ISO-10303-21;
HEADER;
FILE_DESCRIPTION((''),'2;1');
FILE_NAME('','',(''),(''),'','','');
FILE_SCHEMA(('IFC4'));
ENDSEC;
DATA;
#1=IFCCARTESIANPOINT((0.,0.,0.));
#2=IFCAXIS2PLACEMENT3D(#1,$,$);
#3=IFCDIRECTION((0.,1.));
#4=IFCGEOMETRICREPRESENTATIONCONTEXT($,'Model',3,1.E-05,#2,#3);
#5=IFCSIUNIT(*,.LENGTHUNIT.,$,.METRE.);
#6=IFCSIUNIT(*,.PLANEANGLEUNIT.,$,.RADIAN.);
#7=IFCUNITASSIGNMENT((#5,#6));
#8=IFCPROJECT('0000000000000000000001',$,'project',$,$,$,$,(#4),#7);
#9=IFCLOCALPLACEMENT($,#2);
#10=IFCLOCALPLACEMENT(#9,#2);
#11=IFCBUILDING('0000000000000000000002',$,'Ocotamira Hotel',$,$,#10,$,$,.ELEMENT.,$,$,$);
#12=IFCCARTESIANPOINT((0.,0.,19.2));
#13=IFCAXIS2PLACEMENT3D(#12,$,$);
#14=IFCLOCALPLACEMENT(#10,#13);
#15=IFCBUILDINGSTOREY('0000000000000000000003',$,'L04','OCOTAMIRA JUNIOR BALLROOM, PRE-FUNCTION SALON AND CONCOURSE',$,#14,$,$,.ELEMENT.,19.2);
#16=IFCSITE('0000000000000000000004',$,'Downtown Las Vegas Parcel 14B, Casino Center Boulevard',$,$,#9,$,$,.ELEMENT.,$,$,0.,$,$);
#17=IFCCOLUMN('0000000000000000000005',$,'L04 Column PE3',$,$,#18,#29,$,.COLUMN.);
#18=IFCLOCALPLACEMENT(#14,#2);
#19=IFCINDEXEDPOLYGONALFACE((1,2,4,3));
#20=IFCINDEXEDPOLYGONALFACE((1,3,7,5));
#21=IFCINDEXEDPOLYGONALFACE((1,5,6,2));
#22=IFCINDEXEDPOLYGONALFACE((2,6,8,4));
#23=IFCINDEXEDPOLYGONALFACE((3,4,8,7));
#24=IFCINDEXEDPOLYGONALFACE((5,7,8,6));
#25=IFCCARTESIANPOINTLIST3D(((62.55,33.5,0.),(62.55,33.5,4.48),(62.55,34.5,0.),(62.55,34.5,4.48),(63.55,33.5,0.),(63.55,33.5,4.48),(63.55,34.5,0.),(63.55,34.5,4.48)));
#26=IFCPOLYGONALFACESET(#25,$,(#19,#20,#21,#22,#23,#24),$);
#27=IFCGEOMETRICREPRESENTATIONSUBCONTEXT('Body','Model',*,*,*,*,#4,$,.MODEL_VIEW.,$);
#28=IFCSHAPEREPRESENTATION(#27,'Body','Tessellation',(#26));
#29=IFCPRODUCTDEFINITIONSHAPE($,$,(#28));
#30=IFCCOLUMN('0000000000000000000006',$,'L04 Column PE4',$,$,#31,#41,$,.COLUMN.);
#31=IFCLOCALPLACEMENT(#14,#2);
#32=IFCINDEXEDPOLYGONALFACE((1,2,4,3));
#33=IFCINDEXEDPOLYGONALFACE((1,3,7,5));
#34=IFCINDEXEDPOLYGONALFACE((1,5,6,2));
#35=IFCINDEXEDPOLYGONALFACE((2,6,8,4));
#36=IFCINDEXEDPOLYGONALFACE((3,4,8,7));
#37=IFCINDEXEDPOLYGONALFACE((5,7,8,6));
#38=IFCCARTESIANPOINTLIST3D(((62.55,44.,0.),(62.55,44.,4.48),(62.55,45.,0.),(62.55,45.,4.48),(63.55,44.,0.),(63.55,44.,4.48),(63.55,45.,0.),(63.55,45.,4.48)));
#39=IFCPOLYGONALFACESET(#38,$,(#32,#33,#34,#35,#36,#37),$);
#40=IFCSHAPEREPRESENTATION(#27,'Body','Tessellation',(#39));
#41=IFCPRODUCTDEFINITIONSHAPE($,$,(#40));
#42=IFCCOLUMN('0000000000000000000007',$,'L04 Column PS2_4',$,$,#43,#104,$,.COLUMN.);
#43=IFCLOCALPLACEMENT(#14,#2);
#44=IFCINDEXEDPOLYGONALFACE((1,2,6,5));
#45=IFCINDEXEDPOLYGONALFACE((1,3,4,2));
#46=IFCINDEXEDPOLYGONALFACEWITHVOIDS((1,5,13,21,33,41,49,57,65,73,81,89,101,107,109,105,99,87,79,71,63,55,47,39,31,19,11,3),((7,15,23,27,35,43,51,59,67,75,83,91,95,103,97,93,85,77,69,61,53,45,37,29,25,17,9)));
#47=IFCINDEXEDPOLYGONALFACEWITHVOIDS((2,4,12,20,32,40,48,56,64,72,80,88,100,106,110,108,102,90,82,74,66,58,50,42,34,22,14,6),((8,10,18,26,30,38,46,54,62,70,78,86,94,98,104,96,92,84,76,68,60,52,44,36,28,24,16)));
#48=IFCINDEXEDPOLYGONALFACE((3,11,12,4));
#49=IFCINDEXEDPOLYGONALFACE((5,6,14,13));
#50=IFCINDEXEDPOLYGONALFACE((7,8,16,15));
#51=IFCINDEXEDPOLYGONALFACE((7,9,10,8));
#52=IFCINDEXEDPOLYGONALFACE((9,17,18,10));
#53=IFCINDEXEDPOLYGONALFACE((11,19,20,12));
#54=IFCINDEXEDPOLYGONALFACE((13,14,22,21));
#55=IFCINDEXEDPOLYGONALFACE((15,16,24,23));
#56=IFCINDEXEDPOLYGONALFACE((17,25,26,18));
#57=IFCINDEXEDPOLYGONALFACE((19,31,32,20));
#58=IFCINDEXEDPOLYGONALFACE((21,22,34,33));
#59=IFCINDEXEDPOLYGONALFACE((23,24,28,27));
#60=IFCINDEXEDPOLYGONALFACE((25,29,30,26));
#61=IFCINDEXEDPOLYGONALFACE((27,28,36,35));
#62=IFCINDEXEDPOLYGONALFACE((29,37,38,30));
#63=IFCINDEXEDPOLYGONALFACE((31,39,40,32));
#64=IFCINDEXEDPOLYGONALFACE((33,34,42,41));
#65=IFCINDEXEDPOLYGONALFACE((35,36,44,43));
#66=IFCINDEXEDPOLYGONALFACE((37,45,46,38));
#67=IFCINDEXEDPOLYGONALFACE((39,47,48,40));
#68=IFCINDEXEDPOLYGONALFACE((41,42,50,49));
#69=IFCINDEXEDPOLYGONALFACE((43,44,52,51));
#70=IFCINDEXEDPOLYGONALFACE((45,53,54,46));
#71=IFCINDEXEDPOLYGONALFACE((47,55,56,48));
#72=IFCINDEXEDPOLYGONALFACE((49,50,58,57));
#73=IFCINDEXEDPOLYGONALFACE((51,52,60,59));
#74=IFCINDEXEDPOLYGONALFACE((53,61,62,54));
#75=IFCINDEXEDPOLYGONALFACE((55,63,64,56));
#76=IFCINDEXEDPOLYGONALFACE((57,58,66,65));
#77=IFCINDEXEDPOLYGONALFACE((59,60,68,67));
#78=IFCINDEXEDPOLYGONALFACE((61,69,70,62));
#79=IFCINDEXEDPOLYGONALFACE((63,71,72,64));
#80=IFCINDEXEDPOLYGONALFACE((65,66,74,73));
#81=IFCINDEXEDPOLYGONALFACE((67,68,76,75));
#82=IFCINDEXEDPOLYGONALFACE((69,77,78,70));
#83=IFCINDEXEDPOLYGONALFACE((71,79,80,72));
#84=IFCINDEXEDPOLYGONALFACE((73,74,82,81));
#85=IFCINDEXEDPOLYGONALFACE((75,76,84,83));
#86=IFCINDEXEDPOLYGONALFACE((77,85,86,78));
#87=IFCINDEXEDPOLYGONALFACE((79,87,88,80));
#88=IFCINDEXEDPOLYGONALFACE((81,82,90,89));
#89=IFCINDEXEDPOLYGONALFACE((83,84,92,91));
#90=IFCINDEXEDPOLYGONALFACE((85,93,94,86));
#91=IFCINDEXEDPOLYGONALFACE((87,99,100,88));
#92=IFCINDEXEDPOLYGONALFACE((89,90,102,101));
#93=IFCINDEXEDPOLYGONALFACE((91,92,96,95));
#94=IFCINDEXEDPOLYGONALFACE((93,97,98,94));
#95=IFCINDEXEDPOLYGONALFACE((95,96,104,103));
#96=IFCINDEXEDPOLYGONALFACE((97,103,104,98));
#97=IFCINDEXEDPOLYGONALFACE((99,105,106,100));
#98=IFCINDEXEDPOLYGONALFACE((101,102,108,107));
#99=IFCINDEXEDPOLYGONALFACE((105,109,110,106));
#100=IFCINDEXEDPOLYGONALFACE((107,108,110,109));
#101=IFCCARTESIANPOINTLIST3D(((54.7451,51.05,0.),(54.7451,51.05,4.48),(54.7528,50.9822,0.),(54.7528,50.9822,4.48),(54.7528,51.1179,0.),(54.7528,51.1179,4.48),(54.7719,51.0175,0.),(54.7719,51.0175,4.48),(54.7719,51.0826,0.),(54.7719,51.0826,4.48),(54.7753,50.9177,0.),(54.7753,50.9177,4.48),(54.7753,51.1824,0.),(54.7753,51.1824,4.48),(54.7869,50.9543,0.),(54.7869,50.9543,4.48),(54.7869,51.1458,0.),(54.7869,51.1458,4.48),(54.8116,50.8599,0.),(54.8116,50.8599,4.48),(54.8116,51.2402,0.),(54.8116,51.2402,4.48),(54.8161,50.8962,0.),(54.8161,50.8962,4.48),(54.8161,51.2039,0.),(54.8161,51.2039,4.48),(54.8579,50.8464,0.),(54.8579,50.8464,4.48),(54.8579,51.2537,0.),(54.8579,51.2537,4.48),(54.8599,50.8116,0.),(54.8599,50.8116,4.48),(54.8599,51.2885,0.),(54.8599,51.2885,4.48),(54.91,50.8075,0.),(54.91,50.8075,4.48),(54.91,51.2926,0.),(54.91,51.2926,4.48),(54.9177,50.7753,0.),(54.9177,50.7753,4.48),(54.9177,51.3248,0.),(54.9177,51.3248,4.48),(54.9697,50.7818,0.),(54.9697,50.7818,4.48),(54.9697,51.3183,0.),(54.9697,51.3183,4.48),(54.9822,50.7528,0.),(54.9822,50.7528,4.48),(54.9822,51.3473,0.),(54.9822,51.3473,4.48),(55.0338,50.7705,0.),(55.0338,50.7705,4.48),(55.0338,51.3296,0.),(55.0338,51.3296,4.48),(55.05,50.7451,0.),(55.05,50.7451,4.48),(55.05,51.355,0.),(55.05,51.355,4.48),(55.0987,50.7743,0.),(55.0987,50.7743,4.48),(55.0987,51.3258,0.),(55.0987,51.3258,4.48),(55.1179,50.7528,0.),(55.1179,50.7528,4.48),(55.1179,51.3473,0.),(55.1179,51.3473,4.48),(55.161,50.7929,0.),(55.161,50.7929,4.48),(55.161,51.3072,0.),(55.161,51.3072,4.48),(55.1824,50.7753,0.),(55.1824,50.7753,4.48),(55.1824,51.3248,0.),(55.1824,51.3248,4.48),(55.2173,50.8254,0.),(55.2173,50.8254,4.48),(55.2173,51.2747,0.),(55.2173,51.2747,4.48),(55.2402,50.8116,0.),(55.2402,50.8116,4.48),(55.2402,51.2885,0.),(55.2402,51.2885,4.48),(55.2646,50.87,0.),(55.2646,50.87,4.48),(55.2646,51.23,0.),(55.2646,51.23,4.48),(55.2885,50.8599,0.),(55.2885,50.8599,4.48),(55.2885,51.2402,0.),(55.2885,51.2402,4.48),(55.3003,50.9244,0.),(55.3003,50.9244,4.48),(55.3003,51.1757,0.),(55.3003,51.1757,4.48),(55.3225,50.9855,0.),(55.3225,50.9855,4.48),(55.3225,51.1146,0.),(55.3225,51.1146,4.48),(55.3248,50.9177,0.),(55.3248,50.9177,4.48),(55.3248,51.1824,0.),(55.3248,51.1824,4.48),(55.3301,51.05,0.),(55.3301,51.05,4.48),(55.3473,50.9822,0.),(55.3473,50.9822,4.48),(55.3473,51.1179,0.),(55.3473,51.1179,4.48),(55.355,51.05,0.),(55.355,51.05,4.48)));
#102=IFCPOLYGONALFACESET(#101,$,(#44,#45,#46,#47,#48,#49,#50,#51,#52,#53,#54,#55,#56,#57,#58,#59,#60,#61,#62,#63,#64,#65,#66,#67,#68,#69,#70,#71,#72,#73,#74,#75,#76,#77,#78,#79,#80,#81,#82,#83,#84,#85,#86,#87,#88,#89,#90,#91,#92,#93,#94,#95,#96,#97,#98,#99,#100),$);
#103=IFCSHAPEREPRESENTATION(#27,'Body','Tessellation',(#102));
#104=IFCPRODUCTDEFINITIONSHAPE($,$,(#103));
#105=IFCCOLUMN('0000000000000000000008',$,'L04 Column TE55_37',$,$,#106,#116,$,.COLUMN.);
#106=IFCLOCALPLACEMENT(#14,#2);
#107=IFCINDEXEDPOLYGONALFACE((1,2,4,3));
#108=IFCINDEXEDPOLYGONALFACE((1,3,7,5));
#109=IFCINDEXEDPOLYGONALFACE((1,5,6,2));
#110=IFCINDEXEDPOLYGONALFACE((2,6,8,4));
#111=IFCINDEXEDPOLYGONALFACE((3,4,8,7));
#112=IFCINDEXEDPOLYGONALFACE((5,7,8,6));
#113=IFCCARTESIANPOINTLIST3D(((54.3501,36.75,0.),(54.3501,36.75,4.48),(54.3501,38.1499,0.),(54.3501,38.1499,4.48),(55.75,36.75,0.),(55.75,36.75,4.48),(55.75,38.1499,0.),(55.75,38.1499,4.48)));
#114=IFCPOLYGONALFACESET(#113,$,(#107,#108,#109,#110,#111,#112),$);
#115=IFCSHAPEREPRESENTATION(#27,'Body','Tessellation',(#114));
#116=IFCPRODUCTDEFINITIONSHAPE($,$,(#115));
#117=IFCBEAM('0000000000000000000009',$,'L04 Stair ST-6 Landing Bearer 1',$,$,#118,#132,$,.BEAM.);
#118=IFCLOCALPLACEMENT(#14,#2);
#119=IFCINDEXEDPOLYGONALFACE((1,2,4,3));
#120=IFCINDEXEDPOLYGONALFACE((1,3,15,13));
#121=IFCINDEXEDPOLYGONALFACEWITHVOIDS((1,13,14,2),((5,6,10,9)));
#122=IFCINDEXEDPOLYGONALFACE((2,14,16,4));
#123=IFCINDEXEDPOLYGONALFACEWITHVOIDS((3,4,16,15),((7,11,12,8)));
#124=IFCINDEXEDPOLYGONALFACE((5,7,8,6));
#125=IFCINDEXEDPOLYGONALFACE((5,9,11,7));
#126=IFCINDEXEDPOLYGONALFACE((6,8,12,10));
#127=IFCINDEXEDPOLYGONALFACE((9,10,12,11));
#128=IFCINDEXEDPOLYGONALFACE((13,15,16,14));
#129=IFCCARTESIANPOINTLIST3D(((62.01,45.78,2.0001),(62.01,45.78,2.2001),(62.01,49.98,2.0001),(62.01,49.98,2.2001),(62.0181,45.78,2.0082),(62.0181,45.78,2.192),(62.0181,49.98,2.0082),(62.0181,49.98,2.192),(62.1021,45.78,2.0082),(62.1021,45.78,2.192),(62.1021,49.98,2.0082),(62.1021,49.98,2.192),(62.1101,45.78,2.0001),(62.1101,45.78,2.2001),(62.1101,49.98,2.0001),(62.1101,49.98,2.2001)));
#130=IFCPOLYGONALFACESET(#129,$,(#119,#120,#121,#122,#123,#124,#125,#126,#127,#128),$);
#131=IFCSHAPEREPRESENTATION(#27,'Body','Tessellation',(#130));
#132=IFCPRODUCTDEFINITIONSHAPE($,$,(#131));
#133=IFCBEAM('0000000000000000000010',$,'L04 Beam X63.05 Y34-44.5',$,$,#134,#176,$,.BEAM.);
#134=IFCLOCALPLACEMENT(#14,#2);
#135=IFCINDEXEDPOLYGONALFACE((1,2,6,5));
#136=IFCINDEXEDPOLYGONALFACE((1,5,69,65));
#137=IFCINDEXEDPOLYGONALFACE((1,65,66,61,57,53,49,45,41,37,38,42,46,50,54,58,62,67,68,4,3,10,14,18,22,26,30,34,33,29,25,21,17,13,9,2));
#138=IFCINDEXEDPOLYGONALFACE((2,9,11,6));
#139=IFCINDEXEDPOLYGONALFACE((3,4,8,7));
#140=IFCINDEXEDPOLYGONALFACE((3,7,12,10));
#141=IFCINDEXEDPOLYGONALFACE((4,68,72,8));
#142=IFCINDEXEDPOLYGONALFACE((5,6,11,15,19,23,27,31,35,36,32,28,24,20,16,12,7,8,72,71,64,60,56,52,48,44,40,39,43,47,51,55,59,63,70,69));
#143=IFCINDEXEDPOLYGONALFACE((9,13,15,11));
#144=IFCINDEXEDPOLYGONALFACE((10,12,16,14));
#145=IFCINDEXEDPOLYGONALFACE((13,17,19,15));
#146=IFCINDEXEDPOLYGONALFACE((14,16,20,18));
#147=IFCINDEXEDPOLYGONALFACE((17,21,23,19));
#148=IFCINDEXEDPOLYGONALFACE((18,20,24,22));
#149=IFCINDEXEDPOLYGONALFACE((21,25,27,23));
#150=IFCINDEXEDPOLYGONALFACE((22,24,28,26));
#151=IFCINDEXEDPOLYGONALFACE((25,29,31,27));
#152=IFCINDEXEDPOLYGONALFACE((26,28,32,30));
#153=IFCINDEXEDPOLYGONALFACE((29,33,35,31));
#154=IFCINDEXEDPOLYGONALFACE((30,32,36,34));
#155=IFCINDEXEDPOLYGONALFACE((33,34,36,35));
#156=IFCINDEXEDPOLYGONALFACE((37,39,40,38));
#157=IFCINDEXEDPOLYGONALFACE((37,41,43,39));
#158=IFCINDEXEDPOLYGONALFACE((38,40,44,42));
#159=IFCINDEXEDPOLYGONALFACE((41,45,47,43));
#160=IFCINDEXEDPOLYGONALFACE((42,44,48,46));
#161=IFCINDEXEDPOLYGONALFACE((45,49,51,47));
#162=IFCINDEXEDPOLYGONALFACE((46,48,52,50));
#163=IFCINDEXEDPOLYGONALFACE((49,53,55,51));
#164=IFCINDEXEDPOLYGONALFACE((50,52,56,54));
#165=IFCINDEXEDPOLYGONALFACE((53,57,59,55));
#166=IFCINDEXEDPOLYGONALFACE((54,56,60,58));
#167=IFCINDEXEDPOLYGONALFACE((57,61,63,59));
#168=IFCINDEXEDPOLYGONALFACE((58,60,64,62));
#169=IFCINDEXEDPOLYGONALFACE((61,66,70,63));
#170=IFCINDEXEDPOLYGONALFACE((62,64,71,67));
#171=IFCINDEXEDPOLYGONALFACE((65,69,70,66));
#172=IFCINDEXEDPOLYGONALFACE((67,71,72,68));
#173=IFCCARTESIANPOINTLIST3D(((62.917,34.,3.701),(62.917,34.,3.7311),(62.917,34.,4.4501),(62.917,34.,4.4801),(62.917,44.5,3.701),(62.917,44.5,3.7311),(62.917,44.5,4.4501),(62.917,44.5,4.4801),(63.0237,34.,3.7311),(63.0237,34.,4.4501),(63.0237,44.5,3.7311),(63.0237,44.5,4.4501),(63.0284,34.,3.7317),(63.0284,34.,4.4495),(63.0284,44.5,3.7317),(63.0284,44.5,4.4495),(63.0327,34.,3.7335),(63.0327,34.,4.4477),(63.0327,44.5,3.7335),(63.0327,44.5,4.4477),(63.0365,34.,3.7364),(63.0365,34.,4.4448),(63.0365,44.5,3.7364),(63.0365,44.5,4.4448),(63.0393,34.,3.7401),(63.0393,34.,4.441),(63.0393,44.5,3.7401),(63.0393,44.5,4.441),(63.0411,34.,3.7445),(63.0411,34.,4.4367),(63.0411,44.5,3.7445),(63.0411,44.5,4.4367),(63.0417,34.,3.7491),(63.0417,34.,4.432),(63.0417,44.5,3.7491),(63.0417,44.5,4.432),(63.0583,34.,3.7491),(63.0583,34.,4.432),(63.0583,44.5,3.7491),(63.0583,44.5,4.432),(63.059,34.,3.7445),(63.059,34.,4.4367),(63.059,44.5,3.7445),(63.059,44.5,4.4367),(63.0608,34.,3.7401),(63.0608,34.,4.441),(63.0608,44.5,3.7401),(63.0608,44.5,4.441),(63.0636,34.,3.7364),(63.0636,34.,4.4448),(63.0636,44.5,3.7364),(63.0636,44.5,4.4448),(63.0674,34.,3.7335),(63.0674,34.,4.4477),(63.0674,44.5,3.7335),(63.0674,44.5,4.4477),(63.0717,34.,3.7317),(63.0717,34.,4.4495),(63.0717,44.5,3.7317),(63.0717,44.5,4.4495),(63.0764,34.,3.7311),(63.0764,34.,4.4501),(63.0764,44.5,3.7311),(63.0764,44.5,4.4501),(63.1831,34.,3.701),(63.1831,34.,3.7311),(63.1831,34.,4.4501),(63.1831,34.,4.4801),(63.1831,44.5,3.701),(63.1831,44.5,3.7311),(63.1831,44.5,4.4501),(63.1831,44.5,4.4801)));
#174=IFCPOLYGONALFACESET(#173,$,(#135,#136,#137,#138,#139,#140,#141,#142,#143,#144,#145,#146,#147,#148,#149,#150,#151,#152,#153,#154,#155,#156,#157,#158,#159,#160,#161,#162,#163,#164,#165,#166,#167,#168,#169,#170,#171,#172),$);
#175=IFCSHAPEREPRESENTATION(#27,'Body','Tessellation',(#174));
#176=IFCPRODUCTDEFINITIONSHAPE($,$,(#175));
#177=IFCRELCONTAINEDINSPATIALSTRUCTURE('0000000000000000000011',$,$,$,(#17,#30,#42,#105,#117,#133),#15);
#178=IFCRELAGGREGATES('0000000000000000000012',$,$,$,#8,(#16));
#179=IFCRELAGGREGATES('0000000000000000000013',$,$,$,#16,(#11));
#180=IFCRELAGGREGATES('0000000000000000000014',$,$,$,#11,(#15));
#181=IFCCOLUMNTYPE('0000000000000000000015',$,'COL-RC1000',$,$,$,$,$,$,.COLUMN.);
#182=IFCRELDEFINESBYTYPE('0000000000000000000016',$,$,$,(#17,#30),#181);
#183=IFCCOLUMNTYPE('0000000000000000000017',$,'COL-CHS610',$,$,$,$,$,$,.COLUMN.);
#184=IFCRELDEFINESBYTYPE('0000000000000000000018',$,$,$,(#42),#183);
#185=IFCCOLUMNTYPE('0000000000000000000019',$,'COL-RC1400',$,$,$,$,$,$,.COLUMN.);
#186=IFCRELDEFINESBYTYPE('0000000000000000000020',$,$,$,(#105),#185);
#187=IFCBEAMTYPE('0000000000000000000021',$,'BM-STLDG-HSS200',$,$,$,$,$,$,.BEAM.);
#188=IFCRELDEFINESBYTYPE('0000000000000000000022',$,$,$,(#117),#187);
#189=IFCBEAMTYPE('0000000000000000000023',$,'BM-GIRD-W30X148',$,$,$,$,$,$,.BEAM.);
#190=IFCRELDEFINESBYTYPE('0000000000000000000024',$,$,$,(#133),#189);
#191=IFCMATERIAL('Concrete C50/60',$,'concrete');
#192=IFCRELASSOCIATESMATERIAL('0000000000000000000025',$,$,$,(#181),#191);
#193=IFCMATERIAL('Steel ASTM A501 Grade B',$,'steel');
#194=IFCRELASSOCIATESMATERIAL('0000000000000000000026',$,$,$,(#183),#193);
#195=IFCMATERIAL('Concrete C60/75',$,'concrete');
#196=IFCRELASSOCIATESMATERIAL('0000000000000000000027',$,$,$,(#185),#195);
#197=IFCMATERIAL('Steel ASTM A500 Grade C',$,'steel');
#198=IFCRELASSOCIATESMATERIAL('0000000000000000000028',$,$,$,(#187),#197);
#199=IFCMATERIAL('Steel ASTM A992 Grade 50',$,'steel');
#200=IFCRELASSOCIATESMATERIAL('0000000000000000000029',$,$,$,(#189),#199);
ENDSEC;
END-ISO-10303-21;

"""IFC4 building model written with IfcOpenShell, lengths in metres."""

from ifc_helpers import new_model, si_unit, direction, frame, origin, origin_2d, place, context, subcontext, project, spatial, rectangle, hollow_rectangle, hollow_circle, i_section, extrude, source, transform, mapped, material, material_profile, profile_set, type_object, element, save


model = new_model("IFC4")

# Units and contexts
model_context = context("Model", 3, precision=1e-05, world=origin(), true_north=direction((0.0, 1.0)))
body_context = subcontext(model_context, "Body", "Model", "MODEL_VIEW")
ifc_project = project(units=[si_unit("LENGTHUNIT", "METRE"), si_unit("PLANEANGLEUNIT", "RADIAN")], contexts=[model_context])

# Site, building, storey
site_placement = place(None, origin())
site = spatial("IfcSite", under=ifc_project, at=site_placement, Name="Downtown Las Vegas Parcel 14B, Casino Center Boulevard", CompositionType="ELEMENT", RefElevation=0.0)
building_placement = place(site_placement, origin())
building = spatial("IfcBuilding", under=site, at=building_placement, Name="Ocotamira Hotel", CompositionType="ELEMENT")
storey_placement = place(building_placement, frame((0.0, 0.0, 19.2)))
storey = spatial("IfcBuildingStorey", under=building, at=storey_placement, Name="L04", Description="OCOTAMIRA JUNIOR BALLROOM, PRE-FUNCTION SALON AND CONCOURSE", CompositionType="ELEMENT", Elevation=19.2)

# Columns
ifc_material_1 = material(Name="Concrete C50/60", Category="concrete")
ifc_material_profile_1 = material_profile(ifc_material_1, rectangle(XDim=1.0, YDim=1.0, at=origin_2d()), Name="RC1000X1000")
ifc_profile_set_1 = profile_set([ifc_material_profile_1], Name="Concrete C50/60")
column_type_1 = type_object("IfcColumnType", Name="COL-RC1000", PredefinedType="COLUMN", material=ifc_profile_set_1)
shared_shape_1 = source(origin(), body_context, "Body", "SweptSolid", [
    extrude(rectangle(XDim=1.0, YDim=1.0, at=origin_2d()), origin(), (0.0, 0.0, 1.0), 4.48),
])
for number, where, z_axis, x_axis, name in (
    (1, (63.05, 34.0, 0.0), (0.0, 0.0, 1.0), (1.0, 0.0, 0.0), "L04 Column PE3"),
    (2, (63.05, 44.5, 0.0), (0.0, 0.0, 1.0), (1.0, 0.0, 0.0), "L04 Column PE4"),
):
    element("IfcColumn", number, at=place(storey_placement, frame(where, z_axis=z_axis, x_axis=x_axis)), inside=storey, type_object=column_type_1, Name=name, PredefinedType="COLUMN", context=body_context, shape_type="MappedRepresentation", body=[
        mapped(shared_shape_1, transform((0.0, 0.0, 0.0), scale=1.0)),
    ])
ifc_material_2 = material(Name="Steel ASTM A501 Grade B", Category="steel")
ifc_material_profile_2 = material_profile(ifc_material_2, hollow_circle(Radius=0.3049, WallThickness=0.0249, at=origin_2d()), Name="CHS610X25")
ifc_profile_set_2 = profile_set([ifc_material_profile_2], Name="Steel ASTM A501 Grade B")
column_type_2 = type_object("IfcColumnType", Name="COL-CHS610", PredefinedType="COLUMN", material=ifc_profile_set_2)
shared_shape_2 = source(origin(), body_context, "Body", "SweptSolid", [
    extrude(hollow_circle(Radius=0.3049, WallThickness=0.0249, at=origin_2d()), origin(), (0.0, 0.0, 1.0), 4.48),
])
column_1_placement = place(storey_placement, frame((55.05, 51.05, 0.0), z_axis=(0.0, 0.0, 1.0), x_axis=(1.0, 0.0, 0.0)))
element("IfcColumn", 3, at=column_1_placement, inside=storey, type_object=column_type_2, Name="L04 Column PS2_4", PredefinedType="COLUMN", context=body_context, shape_type="MappedRepresentation", body=[
    mapped(shared_shape_2, transform((0.0, 0.0, 0.0), scale=1.0)),
])
ifc_material_3 = material(Name="Concrete C60/75", Category="concrete")
ifc_material_profile_3 = material_profile(ifc_material_3, rectangle(XDim=1.3999, YDim=1.3999, at=origin_2d()), Name="RC1400X1400")
ifc_profile_set_3 = profile_set([ifc_material_profile_3], Name="Concrete C60/75")
column_type_3 = type_object("IfcColumnType", Name="COL-RC1400", PredefinedType="COLUMN", material=ifc_profile_set_3)
shared_shape_3 = source(origin(), body_context, "Body", "SweptSolid", [
    extrude(rectangle(XDim=1.3999, YDim=1.3999, at=origin_2d()), origin(), (0.0, 0.0, 1.0), 4.48),
])
column_2_placement = place(storey_placement, frame((55.05, 37.45, 0.0), z_axis=(0.0, 0.0, 1.0), x_axis=(1.0, 0.0, 0.0)))
element("IfcColumn", 4, at=column_2_placement, inside=storey, type_object=column_type_3, Name="L04 Column TE55_37", PredefinedType="COLUMN", context=body_context, shape_type="MappedRepresentation", body=[
    mapped(shared_shape_3, transform((0.0, 0.0, 0.0), scale=1.0)),
])

# Beams
ifc_material_4 = material(Name="Steel ASTM A500 Grade C", Category="steel")
ifc_material_profile_4 = material_profile(ifc_material_4, hollow_rectangle(XDim=0.1001, YDim=0.2, WallThickness=0.0081, at=origin_2d()), Name="HSS200X100X8")
ifc_profile_set_4 = profile_set([ifc_material_profile_4], Name="Steel ASTM A500 Grade C")
beam_type_1 = type_object("IfcBeamType", Name="BM-STLDG-HSS200", PredefinedType="BEAM", material=ifc_profile_set_4)
shared_shape_4 = source(origin(), body_context, "Body", "SweptSolid", [
    extrude(hollow_rectangle(XDim=0.1001, YDim=0.2, WallThickness=0.0081, at=origin_2d()), origin(), (0.0, 0.0, 1.0), 4.2),
])
beam_1_placement = place(storey_placement, frame((62.0601, 45.78, 2.1001), z_axis=(0.0, 1.0, 0.0), x_axis=(-1.0, 0.0, 0.0)))
element("IfcBeam", 5, at=beam_1_placement, inside=storey, type_object=beam_type_1, Name="L04 Stair ST-6 Landing Bearer 1", PredefinedType="BEAM", context=body_context, shape_type="MappedRepresentation", body=[
    mapped(shared_shape_4, transform((0.0, 0.0, 0.0), scale=1.0)),
])
ifc_material_5 = material(Name="Steel ASTM A992 Grade 50", Category="steel")
ifc_material_profile_5 = material_profile(ifc_material_5, i_section(OverallWidth=0.2661, OverallDepth=0.7791, WebThickness=0.0166, FlangeThickness=0.03, FilletRadius=0.0181, at=origin_2d()), Name="W30X148")
ifc_profile_set_5 = profile_set([ifc_material_profile_5], Name="Steel ASTM A992 Grade 50")
beam_type_2 = type_object("IfcBeamType", Name="BM-GIRD-W30X148", PredefinedType="BEAM", material=ifc_profile_set_5)
shared_shape_5 = source(origin(), body_context, "Body", "SweptSolid", [
    extrude(i_section(OverallWidth=0.2661, OverallDepth=0.7791, WebThickness=0.0166, FlangeThickness=0.03, FilletRadius=0.0181, at=origin_2d()), origin(), (0.0, 0.0, 1.0), 10.5),
])
beam_2_placement = place(storey_placement, frame((63.05, 34.0, 4.0906), z_axis=(0.0, 1.0, 0.0), x_axis=(-1.0, 0.0, 0.0)))
element("IfcBeam", 6, at=beam_2_placement, inside=storey, type_object=beam_type_2, Name="L04 Beam X63.05 Y34-44.5", PredefinedType="BEAM", context=body_context, shape_type="MappedRepresentation", body=[
    mapped(shared_shape_5, transform((0.0, 0.0, 0.0), scale=1.0)),
])

save(model, "model.ifc")
